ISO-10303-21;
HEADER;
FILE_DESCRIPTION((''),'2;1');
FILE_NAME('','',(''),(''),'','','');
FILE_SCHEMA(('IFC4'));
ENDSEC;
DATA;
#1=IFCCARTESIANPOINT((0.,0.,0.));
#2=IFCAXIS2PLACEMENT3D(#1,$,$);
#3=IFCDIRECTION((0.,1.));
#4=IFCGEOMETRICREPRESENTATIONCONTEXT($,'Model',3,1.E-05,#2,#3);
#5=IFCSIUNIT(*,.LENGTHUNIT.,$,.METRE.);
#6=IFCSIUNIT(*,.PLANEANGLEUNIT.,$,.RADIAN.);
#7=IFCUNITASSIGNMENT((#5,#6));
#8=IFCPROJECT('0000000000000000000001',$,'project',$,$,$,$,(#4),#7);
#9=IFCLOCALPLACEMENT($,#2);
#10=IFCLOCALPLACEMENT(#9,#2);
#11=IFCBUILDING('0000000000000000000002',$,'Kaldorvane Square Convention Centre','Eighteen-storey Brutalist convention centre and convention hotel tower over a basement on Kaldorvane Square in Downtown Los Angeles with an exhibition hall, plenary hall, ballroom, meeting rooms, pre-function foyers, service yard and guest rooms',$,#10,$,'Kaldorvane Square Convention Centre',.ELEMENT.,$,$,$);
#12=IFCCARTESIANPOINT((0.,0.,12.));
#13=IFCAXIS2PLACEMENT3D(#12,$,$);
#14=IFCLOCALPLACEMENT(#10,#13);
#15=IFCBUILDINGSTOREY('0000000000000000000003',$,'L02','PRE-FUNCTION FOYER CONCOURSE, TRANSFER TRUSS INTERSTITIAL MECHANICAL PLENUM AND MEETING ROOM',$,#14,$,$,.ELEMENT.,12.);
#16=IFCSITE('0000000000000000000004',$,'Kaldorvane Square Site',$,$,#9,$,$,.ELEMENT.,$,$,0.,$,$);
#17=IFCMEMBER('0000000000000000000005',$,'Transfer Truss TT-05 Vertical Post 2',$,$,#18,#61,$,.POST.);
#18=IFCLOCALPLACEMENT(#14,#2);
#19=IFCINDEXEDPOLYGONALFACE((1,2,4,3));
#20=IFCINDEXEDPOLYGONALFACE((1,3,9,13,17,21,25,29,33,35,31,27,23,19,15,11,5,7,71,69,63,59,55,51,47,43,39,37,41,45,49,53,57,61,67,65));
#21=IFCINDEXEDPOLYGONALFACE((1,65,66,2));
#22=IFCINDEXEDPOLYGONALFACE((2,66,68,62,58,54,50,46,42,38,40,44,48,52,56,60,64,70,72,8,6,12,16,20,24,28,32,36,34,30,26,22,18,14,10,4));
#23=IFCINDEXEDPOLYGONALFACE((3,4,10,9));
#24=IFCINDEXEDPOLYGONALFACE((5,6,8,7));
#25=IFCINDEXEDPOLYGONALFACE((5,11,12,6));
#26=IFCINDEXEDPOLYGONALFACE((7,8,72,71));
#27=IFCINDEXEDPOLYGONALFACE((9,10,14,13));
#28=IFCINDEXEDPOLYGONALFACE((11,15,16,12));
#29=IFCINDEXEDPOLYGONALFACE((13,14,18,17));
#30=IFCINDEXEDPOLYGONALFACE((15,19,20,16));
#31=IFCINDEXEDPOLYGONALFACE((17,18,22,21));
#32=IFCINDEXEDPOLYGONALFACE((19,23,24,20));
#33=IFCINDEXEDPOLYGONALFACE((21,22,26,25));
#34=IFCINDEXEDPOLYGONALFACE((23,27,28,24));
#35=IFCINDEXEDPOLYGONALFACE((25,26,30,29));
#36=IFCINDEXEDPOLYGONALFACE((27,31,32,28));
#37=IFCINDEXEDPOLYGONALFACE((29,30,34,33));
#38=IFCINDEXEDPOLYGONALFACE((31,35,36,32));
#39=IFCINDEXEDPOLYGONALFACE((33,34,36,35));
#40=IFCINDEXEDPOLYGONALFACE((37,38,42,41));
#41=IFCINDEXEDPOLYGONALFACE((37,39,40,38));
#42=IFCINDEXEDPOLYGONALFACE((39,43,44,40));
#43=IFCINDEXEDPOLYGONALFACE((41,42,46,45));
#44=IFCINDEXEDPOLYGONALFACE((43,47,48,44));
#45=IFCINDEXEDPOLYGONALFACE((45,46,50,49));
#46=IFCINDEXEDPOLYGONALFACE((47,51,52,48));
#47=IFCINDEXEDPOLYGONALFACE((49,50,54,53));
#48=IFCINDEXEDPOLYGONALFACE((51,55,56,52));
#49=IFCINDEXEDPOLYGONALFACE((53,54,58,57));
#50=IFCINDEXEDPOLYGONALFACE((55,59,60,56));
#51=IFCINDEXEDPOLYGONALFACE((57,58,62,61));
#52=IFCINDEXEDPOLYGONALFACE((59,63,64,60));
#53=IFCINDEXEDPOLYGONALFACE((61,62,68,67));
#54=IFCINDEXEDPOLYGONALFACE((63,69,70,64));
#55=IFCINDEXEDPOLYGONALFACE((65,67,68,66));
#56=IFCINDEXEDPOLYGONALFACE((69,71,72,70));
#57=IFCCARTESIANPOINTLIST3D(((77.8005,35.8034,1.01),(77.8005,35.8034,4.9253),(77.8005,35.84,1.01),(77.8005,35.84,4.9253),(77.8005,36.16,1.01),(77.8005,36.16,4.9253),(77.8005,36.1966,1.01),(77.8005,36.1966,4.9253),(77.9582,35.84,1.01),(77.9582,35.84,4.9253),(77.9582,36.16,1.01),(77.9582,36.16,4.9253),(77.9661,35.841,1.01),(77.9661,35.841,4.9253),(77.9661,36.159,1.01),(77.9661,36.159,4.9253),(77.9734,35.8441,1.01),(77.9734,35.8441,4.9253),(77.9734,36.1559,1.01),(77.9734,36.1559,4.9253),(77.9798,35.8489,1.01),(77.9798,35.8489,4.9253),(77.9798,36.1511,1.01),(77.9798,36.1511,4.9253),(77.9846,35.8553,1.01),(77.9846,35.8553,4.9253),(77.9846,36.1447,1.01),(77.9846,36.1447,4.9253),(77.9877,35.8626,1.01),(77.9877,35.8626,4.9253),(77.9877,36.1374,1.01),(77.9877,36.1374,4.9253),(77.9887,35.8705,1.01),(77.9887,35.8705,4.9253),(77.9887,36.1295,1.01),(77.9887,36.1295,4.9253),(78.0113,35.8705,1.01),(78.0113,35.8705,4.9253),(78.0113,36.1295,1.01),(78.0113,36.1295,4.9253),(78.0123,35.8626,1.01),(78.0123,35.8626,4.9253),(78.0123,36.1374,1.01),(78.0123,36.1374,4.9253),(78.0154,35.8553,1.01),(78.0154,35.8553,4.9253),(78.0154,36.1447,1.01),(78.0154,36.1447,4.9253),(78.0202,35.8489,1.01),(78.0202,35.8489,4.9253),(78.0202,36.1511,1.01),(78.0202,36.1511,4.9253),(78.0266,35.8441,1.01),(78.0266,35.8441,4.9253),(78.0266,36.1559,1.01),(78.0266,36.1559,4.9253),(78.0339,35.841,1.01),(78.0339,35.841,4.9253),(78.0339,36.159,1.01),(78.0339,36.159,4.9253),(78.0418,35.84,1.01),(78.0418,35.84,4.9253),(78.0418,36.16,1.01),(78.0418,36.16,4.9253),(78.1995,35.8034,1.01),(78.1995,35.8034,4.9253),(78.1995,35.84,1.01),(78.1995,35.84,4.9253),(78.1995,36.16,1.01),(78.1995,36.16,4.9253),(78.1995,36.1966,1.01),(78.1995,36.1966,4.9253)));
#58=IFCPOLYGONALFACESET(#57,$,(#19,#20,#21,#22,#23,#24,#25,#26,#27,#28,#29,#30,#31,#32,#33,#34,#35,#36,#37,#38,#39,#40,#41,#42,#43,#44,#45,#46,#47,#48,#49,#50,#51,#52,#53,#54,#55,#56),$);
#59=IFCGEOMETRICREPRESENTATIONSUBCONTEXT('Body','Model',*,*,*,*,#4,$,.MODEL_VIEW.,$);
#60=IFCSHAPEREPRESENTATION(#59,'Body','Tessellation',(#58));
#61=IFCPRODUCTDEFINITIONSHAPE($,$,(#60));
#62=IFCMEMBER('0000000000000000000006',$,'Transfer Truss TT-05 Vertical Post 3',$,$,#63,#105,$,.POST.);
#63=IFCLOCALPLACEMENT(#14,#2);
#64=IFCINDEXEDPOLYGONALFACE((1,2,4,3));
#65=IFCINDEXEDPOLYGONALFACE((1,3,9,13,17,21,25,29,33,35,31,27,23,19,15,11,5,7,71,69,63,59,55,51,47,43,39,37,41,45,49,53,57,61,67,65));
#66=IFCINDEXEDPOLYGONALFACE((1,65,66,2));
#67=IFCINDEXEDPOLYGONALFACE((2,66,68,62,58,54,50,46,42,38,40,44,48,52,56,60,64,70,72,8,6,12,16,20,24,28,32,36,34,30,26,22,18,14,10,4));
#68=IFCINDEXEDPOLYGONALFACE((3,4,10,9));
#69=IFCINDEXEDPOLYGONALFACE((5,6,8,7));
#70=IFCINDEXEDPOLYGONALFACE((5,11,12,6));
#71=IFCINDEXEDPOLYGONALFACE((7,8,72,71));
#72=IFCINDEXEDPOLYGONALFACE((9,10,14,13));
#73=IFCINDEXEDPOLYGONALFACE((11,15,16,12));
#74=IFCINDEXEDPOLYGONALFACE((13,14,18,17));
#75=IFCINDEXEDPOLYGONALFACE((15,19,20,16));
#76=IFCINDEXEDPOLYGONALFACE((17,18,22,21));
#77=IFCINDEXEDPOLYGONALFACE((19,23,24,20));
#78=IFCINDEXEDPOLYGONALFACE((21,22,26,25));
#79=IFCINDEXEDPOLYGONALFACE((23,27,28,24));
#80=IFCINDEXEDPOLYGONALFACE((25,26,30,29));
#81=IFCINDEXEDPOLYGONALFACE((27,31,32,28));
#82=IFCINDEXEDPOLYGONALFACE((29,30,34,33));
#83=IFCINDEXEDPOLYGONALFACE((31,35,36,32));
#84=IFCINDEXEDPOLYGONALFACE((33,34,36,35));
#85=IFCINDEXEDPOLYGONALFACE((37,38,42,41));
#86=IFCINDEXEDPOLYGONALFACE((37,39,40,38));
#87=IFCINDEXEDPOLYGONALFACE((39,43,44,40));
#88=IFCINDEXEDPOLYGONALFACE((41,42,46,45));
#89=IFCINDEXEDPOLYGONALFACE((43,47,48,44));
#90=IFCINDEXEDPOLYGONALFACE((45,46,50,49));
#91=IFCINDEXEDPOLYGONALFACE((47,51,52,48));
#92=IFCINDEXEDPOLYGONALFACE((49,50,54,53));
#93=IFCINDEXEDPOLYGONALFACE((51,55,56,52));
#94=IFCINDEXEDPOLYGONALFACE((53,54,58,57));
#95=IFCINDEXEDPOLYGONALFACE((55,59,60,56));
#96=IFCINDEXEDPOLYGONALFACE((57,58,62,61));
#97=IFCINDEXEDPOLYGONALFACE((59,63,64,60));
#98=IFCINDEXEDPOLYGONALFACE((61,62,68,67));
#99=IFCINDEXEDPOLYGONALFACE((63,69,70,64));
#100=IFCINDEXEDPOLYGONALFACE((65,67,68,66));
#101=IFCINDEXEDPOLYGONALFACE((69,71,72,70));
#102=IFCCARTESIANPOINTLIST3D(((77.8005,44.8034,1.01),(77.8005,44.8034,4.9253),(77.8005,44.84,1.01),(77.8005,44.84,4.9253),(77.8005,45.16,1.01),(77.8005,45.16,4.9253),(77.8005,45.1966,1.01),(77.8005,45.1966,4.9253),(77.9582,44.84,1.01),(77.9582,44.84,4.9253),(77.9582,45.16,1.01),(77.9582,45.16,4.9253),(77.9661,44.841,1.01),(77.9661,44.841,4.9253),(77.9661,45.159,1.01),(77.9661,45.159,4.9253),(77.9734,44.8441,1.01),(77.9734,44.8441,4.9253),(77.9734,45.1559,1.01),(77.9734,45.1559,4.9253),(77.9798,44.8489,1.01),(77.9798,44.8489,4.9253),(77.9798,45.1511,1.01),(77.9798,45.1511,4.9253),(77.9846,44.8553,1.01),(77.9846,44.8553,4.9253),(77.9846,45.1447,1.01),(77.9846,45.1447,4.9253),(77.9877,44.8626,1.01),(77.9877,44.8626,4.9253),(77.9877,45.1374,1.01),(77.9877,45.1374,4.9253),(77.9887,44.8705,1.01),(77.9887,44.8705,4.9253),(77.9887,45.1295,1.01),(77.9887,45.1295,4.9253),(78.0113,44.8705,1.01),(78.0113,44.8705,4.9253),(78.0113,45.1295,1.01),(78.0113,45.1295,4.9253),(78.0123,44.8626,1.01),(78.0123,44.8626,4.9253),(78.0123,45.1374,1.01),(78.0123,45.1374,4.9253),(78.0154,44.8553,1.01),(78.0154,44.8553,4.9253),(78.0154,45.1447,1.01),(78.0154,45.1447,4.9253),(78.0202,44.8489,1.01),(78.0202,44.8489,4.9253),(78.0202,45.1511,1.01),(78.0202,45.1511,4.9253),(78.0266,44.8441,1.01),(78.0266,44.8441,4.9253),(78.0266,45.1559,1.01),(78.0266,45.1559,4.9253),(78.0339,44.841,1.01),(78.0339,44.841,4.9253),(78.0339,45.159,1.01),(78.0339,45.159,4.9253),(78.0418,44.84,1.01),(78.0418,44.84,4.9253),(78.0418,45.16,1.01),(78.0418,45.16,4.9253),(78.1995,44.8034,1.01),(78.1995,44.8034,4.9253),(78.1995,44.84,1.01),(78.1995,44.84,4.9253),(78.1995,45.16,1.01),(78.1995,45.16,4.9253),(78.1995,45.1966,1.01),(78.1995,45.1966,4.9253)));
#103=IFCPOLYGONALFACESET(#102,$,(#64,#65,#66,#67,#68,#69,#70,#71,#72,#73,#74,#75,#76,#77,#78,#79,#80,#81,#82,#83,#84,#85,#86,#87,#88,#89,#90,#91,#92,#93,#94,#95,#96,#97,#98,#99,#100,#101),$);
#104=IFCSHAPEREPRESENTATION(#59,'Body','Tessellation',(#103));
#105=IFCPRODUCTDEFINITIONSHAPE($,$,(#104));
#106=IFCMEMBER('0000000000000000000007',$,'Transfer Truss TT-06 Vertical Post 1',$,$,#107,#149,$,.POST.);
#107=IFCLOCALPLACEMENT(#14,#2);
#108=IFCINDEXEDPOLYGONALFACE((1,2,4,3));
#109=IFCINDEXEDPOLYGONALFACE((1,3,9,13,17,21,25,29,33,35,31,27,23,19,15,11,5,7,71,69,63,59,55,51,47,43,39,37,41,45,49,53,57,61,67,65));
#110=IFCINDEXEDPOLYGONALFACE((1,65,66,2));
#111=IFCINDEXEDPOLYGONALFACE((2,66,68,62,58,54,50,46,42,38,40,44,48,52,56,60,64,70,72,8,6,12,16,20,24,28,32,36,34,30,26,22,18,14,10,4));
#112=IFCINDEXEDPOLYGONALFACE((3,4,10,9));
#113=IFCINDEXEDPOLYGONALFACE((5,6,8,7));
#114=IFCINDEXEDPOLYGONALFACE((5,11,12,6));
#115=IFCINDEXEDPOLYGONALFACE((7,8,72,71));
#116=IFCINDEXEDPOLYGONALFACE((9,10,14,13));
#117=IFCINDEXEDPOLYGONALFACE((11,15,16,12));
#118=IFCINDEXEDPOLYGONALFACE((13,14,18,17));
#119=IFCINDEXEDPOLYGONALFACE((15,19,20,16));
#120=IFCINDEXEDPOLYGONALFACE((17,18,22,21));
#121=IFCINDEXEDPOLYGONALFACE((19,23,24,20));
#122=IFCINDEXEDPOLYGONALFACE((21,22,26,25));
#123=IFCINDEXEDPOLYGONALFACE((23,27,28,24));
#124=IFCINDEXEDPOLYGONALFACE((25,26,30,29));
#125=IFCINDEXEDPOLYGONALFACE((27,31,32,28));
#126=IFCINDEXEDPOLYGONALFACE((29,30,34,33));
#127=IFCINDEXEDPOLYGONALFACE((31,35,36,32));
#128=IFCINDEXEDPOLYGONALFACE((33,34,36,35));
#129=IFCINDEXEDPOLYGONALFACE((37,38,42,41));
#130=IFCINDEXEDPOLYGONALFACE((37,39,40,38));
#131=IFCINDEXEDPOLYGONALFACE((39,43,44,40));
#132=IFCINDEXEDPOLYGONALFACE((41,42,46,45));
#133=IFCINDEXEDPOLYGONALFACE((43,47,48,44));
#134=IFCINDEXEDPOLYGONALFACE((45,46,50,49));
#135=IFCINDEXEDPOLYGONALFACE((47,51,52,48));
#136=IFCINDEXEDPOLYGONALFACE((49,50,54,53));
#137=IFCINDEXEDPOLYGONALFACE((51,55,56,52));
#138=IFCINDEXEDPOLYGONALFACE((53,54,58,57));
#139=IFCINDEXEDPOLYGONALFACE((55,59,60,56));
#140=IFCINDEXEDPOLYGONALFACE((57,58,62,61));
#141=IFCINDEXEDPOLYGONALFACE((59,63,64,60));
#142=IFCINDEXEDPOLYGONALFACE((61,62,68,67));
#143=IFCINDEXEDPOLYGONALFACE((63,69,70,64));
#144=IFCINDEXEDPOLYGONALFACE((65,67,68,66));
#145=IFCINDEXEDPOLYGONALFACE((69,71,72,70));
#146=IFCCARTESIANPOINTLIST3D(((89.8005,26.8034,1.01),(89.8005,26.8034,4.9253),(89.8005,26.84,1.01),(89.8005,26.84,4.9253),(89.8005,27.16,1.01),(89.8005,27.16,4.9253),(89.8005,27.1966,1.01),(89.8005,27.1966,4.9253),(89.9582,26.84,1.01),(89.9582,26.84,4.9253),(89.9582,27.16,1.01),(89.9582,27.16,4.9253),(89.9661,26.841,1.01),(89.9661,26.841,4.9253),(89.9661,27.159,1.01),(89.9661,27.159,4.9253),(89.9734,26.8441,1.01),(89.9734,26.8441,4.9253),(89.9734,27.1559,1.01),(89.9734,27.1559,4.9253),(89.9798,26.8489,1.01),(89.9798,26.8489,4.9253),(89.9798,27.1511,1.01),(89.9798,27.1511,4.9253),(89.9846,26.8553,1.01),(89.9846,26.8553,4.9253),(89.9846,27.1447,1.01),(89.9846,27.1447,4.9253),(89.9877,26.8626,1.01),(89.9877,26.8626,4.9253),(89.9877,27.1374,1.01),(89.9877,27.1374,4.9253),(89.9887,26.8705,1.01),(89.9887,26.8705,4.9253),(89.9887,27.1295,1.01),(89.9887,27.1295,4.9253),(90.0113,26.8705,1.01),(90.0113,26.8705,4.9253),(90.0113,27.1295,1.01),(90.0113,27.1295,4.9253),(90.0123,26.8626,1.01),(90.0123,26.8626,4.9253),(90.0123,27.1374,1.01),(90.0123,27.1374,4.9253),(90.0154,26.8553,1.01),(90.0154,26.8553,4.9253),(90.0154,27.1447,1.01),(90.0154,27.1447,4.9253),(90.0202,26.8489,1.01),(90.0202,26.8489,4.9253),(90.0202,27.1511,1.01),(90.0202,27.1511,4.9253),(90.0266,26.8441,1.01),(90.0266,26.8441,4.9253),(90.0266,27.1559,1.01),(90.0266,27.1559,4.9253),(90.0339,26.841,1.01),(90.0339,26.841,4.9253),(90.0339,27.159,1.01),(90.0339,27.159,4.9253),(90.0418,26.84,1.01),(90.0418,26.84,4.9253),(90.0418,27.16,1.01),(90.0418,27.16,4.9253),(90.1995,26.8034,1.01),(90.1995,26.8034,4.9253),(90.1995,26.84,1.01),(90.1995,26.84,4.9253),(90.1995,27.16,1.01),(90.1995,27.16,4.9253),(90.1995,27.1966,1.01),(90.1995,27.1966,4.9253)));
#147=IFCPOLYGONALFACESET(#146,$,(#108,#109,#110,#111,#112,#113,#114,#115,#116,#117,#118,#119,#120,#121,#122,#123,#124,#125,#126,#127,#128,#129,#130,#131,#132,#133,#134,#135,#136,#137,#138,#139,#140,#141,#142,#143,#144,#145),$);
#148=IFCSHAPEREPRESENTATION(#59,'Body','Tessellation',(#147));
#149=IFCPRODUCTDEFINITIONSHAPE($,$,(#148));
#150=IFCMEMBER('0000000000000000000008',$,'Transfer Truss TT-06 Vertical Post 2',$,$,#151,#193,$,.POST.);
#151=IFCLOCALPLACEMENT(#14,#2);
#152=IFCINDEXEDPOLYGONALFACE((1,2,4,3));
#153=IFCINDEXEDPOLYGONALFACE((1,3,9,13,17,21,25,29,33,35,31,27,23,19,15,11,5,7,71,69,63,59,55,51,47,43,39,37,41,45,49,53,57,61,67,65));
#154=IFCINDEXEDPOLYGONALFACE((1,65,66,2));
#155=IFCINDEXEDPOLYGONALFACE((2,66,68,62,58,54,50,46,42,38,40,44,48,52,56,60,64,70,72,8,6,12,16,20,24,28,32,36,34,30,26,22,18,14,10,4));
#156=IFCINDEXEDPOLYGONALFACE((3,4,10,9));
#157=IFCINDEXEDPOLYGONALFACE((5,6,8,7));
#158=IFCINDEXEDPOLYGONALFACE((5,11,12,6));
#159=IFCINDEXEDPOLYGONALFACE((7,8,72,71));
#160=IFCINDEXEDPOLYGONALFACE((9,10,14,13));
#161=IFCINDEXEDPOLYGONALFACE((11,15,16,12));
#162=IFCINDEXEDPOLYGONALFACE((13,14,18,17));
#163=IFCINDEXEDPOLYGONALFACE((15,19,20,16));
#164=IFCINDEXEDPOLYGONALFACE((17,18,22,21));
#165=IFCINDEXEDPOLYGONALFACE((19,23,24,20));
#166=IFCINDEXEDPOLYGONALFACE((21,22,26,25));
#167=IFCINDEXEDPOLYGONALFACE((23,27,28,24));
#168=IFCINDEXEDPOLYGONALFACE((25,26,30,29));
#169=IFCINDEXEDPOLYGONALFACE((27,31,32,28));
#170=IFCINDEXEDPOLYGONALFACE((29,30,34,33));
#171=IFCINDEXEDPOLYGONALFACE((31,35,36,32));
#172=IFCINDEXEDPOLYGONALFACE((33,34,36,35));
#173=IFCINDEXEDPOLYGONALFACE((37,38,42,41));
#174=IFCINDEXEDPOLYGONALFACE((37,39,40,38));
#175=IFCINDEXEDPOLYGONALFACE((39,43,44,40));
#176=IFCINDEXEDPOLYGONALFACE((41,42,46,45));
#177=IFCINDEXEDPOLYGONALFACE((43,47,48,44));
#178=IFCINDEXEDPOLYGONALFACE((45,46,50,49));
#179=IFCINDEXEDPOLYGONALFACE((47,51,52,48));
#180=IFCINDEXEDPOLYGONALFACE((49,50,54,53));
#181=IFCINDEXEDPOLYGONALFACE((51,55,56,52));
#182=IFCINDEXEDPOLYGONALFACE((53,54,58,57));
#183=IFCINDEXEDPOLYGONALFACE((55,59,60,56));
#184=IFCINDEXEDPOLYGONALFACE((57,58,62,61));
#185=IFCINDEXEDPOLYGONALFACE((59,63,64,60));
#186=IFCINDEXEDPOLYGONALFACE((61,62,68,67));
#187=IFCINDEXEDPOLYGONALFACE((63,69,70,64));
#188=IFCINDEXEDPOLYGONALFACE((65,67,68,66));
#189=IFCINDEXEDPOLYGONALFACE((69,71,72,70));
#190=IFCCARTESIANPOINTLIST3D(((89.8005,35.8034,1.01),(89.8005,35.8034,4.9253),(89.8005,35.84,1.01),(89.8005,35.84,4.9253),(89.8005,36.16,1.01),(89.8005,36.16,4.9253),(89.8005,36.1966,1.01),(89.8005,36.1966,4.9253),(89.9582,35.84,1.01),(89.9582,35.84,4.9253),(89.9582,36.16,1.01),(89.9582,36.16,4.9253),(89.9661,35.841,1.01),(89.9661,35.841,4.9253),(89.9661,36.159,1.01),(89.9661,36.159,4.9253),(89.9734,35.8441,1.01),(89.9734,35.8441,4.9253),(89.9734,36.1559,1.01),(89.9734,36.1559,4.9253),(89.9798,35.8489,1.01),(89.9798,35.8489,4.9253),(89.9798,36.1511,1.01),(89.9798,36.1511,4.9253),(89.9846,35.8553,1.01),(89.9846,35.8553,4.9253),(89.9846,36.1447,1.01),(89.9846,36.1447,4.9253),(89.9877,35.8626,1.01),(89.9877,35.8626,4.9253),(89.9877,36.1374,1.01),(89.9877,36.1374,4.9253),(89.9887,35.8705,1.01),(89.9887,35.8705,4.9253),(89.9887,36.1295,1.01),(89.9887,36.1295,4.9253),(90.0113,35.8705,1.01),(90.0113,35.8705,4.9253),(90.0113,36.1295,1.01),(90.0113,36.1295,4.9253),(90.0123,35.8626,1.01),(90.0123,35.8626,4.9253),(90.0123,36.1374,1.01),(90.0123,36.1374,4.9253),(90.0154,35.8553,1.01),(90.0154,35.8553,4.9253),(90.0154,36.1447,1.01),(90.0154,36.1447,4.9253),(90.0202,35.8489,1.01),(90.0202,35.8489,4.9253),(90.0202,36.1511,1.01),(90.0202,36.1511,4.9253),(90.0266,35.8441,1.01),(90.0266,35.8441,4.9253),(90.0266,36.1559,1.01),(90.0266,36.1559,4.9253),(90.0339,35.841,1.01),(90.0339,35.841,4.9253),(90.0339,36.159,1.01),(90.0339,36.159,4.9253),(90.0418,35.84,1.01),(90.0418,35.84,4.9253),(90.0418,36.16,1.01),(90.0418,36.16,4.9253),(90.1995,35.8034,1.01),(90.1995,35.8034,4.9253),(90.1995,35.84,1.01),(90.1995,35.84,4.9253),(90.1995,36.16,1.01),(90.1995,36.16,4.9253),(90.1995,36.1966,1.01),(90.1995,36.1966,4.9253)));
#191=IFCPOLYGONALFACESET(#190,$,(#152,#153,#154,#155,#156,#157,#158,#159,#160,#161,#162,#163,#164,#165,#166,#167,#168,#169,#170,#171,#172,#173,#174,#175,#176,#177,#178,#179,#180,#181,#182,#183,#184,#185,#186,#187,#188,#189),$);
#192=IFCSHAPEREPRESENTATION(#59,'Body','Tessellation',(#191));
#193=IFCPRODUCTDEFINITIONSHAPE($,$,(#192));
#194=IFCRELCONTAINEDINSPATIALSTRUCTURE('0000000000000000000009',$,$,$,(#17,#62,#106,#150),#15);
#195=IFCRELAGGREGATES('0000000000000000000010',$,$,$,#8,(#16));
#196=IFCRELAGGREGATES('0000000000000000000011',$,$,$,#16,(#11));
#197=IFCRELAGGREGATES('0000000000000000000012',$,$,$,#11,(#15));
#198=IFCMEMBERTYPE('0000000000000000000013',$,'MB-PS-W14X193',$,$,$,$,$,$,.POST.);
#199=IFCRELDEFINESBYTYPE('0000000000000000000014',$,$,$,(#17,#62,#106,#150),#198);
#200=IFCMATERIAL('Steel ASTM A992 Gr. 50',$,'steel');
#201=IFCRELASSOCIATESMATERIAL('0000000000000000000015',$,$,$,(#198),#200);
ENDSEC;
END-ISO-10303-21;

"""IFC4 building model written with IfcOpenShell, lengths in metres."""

from ifc_helpers import new_model, si_unit, direction, frame, origin, origin_2d, place, context, subcontext, project, spatial, i_section, extrude, material, material_profile, profile_set, type_object, element, save


model = new_model("IFC4")

# Units and contexts
model_context = context("Model", 3, precision=1e-05, world=origin(), true_north=direction((0.0, 1.0)))
body_context = subcontext(model_context, "Body", "Model", "MODEL_VIEW")
ifc_project = project(units=[si_unit("LENGTHUNIT", "METRE"), si_unit("PLANEANGLEUNIT", "RADIAN")], contexts=[model_context])

# Site, building, storey
site_placement = place(None, origin())
site = spatial("IfcSite", under=ifc_project, at=site_placement, Name="Kaldorvane Square Site", CompositionType="ELEMENT", RefElevation=0.0)
building_placement = place(site_placement, origin())
building = spatial("IfcBuilding", under=site, at=building_placement, Name="Kaldorvane Square Convention Centre", Description="Eighteen-storey Brutalist convention centre and convention hotel tower over a basement on Kaldorvane Square in Downtown Los Angeles with an exhibition hall, plenary hall, ballroom, meeting rooms, pre-function foyers, service yard and guest rooms", LongName="Kaldorvane Square Convention Centre", CompositionType="ELEMENT")
storey_placement = place(building_placement, frame((0.0, 0.0, 12.0)))
storey = spatial("IfcBuildingStorey", under=building, at=storey_placement, Name="L02", Description="PRE-FUNCTION FOYER CONCOURSE, TRANSFER TRUSS INTERSTITIAL MECHANICAL PLENUM AND MEETING ROOM", CompositionType="ELEMENT", Elevation=12.0)

# Shared definitions
ifc_material_1 = material(Name="Steel ASTM A992 Gr. 50", Category="steel")

# Members
ifc_material_profile_1 = material_profile(ifc_material_1, i_section(OverallWidth=0.399, OverallDepth=0.3932, WebThickness=0.0226, FlangeThickness=0.0366, FilletRadius=0.0305, at=origin_2d()), Name="W14X193")
ifc_profile_set_1 = profile_set([ifc_material_profile_1], Name="Steel ASTM A992 Gr. 50")
member_type_1 = type_object("IfcMemberType", Name="MB-PS-W14X193", PredefinedType="POST", material=ifc_profile_set_1)
for number, where, z_axis, x_axis, name in (
    (1, (78.0, 36.0, 1.01), (0.0, 0.0, 1.0), (1.0, 0.0, 0.0), "Transfer Truss TT-05 Vertical Post 2"),
    (2, (78.0, 45.0, 1.01), (0.0, 0.0, 1.0), (1.0, 0.0, 0.0), "Transfer Truss TT-05 Vertical Post 3"),
    (3, (90.0, 27.0, 1.01), (0.0, 0.0, 1.0), (1.0, 0.0, 0.0), "Transfer Truss TT-06 Vertical Post 1"),
    (4, (90.0, 36.0, 1.01), (0.0, 0.0, 1.0), (1.0, 0.0, 0.0), "Transfer Truss TT-06 Vertical Post 2"),
):
    element("IfcMember", number, at=place(storey_placement, frame(where, z_axis=z_axis, x_axis=x_axis)), inside=storey, type_object=member_type_1, Name=name, PredefinedType="POST", context=body_context, shape_type="SweptSolid", body=[
        extrude(i_section(OverallWidth=0.399, OverallDepth=0.3932, WebThickness=0.0226, FlangeThickness=0.0366, FilletRadius=0.0305, at=origin_2d()), origin(), (0.0, 0.0, 1.0), 3.9153),
    ])

save(model, "model.ifc")
